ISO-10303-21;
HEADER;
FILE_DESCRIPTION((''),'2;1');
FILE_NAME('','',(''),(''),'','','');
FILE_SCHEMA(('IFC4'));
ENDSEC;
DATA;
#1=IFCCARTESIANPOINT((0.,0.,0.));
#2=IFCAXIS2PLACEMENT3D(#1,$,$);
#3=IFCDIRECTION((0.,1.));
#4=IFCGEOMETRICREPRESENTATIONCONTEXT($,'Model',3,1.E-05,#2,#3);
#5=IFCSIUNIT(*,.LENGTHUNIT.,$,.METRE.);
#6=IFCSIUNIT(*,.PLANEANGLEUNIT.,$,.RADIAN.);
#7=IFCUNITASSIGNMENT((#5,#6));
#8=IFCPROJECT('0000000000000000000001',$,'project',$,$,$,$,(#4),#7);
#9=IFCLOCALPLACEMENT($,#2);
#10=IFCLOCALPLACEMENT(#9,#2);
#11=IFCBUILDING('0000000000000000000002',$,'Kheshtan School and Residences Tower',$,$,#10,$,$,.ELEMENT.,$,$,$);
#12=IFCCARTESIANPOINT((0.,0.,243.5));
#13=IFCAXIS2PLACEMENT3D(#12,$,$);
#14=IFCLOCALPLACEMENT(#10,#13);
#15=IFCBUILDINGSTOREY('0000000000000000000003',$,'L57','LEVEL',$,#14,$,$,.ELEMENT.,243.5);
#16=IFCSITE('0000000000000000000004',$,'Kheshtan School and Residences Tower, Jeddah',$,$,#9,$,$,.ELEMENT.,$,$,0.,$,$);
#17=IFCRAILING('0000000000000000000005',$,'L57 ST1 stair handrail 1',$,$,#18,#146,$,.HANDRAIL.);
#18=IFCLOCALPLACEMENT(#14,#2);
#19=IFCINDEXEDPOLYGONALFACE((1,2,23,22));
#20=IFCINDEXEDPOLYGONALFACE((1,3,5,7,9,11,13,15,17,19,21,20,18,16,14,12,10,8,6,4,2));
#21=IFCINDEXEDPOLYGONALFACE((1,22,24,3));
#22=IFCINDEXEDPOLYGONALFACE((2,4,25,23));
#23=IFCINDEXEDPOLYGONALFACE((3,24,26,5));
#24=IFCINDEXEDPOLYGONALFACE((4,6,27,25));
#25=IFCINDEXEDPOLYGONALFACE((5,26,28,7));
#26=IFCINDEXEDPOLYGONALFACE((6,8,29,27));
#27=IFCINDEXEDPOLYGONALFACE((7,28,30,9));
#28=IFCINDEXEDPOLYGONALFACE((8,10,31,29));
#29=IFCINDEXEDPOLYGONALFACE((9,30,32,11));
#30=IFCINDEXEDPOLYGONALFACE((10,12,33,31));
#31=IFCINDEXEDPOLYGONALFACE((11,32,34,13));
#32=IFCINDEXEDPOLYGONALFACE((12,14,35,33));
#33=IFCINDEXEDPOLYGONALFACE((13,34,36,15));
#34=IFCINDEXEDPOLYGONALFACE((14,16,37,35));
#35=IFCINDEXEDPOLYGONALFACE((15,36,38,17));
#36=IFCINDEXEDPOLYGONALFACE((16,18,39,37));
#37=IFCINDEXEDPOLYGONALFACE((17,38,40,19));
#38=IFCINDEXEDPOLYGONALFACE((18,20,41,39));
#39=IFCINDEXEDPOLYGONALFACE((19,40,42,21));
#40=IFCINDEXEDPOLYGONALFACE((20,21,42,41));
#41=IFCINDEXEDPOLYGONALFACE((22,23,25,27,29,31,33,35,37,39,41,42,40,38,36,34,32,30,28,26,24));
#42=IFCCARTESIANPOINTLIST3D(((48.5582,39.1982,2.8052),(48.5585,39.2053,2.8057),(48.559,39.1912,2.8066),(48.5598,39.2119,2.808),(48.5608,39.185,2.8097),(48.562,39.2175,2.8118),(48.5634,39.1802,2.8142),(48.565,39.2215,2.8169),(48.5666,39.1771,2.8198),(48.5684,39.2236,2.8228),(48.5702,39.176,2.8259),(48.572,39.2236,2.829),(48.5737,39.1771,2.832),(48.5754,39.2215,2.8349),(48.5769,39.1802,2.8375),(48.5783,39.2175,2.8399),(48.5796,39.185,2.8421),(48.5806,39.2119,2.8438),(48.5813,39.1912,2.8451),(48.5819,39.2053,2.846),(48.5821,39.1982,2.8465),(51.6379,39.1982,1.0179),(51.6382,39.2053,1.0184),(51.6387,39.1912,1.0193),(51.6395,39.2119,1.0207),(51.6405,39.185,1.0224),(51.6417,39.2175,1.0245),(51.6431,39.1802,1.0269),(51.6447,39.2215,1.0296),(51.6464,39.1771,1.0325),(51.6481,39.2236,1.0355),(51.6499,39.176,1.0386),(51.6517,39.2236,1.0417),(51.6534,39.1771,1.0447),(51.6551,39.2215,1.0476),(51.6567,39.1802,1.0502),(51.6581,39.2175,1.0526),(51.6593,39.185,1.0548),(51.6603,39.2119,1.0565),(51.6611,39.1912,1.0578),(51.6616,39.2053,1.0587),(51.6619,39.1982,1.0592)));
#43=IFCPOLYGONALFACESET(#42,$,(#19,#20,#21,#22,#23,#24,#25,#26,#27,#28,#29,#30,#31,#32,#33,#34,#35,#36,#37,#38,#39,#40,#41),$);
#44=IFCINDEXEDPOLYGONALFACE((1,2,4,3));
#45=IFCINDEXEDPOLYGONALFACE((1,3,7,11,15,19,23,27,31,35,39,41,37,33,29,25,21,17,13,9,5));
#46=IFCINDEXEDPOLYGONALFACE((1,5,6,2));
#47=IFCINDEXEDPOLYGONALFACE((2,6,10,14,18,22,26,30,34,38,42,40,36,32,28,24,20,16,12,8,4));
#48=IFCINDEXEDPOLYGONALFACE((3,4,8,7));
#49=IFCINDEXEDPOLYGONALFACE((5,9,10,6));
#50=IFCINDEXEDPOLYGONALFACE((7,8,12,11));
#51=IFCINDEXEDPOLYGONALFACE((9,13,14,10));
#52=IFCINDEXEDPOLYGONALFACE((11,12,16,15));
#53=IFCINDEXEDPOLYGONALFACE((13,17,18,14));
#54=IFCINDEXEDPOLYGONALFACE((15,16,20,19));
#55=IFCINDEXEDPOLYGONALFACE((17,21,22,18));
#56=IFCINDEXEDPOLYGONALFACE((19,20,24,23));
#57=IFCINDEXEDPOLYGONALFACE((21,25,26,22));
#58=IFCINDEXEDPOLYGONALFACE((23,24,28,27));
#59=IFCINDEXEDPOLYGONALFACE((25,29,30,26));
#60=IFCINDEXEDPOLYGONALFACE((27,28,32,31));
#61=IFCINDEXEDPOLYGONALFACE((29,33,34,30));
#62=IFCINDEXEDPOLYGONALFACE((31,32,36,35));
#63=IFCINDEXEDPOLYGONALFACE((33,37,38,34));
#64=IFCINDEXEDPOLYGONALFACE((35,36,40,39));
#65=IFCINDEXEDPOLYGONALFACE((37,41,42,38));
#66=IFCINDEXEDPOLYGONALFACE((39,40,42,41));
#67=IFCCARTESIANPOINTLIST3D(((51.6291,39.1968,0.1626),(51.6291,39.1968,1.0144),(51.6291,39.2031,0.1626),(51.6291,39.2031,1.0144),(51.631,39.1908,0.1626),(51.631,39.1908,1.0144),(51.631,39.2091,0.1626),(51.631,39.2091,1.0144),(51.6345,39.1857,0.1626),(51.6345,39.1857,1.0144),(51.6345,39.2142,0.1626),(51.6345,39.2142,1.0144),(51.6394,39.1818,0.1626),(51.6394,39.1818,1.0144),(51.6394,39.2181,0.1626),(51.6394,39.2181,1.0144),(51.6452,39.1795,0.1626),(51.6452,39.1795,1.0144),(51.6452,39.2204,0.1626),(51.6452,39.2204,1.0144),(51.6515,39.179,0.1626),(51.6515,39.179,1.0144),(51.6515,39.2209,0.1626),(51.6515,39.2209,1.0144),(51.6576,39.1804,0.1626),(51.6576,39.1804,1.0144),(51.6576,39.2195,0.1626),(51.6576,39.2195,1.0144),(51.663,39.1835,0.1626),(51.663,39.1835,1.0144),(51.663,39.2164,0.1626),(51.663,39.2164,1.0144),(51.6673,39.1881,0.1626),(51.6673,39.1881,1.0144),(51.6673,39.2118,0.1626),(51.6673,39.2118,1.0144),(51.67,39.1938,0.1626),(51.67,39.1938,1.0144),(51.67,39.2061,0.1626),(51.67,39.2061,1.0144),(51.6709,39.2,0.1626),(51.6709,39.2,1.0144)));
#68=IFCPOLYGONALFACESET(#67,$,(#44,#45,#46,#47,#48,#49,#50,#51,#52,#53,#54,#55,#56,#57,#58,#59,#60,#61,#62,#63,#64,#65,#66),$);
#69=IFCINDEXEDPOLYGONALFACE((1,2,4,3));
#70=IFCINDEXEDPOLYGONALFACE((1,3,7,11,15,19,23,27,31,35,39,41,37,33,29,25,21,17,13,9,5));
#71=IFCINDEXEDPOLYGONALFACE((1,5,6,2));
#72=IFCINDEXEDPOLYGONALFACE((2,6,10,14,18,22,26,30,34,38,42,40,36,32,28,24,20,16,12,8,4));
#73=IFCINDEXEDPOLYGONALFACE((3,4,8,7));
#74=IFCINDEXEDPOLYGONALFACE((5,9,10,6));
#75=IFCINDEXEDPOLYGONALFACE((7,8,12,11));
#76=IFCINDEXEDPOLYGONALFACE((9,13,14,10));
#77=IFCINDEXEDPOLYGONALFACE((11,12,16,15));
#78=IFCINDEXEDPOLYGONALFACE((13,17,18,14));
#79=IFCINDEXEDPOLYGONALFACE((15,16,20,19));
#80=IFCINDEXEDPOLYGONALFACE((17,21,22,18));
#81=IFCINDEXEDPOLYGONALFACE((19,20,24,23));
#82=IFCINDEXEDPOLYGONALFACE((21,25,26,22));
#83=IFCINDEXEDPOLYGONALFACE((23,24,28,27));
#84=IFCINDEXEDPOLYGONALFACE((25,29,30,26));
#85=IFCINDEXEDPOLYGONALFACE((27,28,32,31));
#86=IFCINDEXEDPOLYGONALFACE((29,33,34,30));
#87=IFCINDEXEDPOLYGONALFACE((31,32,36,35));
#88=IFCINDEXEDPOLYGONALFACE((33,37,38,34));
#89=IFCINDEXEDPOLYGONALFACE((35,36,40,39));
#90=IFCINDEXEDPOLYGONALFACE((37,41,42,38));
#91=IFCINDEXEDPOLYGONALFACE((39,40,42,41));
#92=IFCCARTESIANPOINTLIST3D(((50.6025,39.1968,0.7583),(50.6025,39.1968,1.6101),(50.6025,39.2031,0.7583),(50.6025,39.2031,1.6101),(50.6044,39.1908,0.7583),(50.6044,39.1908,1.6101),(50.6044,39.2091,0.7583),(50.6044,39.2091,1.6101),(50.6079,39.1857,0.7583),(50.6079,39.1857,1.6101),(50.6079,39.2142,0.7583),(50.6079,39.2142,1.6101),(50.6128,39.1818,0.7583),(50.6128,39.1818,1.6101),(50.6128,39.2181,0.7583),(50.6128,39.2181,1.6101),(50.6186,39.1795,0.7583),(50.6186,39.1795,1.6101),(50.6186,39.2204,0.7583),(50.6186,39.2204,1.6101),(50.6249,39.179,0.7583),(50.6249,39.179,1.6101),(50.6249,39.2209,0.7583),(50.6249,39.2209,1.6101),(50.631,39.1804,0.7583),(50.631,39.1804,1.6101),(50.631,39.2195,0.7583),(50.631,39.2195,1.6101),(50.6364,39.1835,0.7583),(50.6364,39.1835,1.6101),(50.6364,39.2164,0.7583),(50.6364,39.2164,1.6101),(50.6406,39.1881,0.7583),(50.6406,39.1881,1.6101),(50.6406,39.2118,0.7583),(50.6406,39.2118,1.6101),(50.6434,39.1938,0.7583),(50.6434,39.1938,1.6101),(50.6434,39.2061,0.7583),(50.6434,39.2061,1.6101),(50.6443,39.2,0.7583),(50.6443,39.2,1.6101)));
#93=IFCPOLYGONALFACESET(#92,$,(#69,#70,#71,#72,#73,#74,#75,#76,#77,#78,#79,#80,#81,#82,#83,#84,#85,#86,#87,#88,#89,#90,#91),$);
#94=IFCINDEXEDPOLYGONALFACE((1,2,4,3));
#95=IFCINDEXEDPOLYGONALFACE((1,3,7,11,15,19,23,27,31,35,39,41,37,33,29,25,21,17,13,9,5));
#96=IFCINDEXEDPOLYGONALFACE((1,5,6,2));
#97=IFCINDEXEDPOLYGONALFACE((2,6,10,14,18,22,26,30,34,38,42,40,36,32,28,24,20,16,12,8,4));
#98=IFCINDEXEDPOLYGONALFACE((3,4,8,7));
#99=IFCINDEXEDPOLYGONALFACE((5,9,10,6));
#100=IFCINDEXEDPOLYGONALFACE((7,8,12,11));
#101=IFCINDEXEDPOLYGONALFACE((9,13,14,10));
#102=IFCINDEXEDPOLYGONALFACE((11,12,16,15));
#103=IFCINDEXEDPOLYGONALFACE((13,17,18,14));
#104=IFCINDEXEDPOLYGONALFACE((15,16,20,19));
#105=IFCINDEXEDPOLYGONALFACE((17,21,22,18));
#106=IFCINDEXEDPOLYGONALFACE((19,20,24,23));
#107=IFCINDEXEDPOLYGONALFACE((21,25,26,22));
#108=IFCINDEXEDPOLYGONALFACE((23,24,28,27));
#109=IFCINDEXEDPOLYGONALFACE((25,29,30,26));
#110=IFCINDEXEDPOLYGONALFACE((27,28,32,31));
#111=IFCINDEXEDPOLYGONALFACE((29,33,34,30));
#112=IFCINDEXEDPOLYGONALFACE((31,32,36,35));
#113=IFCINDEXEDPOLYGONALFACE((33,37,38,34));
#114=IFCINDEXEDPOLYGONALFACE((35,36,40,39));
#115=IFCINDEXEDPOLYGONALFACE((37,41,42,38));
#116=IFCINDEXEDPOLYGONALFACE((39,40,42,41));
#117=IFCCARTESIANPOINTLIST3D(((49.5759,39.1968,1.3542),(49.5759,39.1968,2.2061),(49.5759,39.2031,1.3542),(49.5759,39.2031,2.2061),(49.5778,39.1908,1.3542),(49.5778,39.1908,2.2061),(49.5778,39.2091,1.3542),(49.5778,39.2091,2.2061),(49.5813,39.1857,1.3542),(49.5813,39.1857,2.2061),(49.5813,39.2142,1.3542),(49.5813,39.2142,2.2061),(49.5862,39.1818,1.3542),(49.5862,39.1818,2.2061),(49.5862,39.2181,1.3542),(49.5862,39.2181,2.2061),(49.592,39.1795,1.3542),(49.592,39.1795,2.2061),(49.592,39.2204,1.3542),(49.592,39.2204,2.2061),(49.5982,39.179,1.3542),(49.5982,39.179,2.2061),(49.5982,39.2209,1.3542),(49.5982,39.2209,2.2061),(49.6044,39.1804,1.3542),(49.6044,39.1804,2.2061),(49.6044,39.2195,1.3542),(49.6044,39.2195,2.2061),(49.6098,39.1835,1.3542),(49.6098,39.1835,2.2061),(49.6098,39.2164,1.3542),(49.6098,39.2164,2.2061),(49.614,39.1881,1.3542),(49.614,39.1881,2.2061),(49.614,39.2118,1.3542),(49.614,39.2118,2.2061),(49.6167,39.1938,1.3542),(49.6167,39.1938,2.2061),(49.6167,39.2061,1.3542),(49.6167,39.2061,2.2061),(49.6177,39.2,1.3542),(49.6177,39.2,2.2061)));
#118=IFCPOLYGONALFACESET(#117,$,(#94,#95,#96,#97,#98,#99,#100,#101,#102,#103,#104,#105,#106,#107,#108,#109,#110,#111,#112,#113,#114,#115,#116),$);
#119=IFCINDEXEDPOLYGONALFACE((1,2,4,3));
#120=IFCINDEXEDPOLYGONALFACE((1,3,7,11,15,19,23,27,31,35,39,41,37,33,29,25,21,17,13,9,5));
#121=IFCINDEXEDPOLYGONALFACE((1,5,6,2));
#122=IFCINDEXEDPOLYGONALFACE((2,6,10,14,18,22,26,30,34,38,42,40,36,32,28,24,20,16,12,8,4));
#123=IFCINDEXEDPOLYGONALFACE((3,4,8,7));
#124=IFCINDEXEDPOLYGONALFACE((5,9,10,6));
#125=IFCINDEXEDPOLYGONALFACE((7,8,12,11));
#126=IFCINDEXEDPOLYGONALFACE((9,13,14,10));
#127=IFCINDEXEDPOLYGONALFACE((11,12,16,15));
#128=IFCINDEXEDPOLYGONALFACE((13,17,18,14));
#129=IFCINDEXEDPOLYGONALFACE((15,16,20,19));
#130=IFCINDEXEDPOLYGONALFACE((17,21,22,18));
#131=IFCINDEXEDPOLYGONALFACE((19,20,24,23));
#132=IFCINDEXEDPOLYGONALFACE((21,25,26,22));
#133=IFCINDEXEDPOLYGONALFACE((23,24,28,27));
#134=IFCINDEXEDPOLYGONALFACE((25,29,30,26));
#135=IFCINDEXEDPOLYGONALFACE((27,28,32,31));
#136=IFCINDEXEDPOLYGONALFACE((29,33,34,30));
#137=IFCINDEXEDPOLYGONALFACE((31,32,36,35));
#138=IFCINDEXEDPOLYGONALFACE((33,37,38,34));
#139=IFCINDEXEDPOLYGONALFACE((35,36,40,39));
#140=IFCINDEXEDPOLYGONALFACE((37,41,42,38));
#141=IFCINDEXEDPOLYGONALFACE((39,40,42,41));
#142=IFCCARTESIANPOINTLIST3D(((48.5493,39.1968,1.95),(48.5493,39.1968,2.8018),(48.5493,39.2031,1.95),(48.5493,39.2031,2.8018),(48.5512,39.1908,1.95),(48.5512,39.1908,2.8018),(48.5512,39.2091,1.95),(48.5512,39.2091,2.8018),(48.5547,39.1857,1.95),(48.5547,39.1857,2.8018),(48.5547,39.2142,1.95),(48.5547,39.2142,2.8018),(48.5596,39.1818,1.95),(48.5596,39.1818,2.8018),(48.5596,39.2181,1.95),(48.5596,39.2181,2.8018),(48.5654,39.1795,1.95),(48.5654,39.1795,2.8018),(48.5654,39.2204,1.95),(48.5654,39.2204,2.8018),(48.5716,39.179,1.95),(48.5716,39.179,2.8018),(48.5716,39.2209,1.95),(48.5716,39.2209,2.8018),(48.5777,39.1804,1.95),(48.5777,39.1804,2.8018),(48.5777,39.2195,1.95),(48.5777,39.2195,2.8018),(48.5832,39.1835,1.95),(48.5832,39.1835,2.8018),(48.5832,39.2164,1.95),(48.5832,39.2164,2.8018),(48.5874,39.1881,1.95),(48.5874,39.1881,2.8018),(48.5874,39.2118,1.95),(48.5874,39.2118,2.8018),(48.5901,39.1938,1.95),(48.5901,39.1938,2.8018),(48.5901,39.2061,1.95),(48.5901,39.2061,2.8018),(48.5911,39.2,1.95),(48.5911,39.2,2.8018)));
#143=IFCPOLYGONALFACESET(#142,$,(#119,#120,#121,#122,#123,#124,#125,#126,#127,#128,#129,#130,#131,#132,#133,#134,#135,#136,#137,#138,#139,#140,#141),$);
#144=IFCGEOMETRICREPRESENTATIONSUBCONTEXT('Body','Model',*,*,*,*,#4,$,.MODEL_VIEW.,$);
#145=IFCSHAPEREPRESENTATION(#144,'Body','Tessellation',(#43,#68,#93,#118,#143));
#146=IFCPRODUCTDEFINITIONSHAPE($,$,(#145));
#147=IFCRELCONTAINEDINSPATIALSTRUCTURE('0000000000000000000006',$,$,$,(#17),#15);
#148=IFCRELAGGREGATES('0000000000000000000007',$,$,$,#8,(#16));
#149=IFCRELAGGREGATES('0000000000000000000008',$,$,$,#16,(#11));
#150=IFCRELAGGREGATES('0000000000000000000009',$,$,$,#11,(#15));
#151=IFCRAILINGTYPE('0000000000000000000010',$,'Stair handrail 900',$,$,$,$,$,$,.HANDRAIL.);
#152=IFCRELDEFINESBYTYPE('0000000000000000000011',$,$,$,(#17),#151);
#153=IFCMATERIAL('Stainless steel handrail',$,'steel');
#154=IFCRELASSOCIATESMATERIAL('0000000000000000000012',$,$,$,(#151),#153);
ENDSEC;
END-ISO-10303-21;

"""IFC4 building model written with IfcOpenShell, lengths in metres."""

from ifc_helpers import new_model, si_unit, direction, frame, origin, origin_2d, place, context, subcontext, project, spatial, circle, extrude, material, type_object, element, save


model = new_model("IFC4")

# Units and contexts
model_context = context("Model", 3, precision=1e-05, world=origin(), true_north=direction((0.0, 1.0)))
body_context = subcontext(model_context, "Body", "Model", "MODEL_VIEW")
ifc_project = project(units=[si_unit("LENGTHUNIT", "METRE"), si_unit("PLANEANGLEUNIT", "RADIAN")], contexts=[model_context])

# Site, building, storey
site_placement = place(None, origin())
site = spatial("IfcSite", under=ifc_project, at=site_placement, Name="Kheshtan School and Residences Tower, Jeddah", CompositionType="ELEMENT", RefElevation=0.0)
building_placement = place(site_placement, origin())
building = spatial("IfcBuilding", under=site, at=building_placement, Name="Kheshtan School and Residences Tower", CompositionType="ELEMENT")
storey_placement = place(building_placement, frame((0.0, 0.0, 243.5)))
storey = spatial("IfcBuildingStorey", under=building, at=storey_placement, Name="L57", Description="LEVEL", CompositionType="ELEMENT", Elevation=243.5)

# Railing
ifc_material_1 = material(Name="Stainless steel handrail", Category="steel")
railing_type_1 = type_object("IfcRailingType", Name="Stair handrail 900", PredefinedType="HANDRAIL", material=ifc_material_1)
railing_1_placement = place(storey_placement, frame((51.6499, 39.2, 0.1626)))
element("IfcRailing", 1, at=railing_1_placement, inside=storey, type_object=railing_type_1, Name="L57 ST1 stair handrail 1", PredefinedType="HANDRAIL", context=body_context, shape_type="SweptSolid", body=[
    extrude(circle(Radius=0.0239, at=origin_2d()), frame((0.0, 0.0, 0.876), z_axis=(-0.864903, 0.0, 0.501939), x_axis=(0.0, -1.0, 0.0)), (0.0, 0.0, 1.0), 3.5608),
    extrude(circle(Radius=0.021, at=origin_2d()), origin(), (0.0, 0.0, 1.0), 0.8518),
    extrude(circle(Radius=0.021, at=origin_2d()), frame((-1.0266, 0.0, 0.5957)), (0.0, 0.0, 1.0), 0.8518),
    extrude(circle(Radius=0.021, at=origin_2d()), frame((-2.0532, 0.0, 1.1917)), (0.0, 0.0, 1.0), 0.8518),
    extrude(circle(Radius=0.021, at=origin_2d()), frame((-3.0798, 0.0, 1.7874)), (0.0, 0.0, 1.0), 0.8518),
])

save(model, "model.ifc")
